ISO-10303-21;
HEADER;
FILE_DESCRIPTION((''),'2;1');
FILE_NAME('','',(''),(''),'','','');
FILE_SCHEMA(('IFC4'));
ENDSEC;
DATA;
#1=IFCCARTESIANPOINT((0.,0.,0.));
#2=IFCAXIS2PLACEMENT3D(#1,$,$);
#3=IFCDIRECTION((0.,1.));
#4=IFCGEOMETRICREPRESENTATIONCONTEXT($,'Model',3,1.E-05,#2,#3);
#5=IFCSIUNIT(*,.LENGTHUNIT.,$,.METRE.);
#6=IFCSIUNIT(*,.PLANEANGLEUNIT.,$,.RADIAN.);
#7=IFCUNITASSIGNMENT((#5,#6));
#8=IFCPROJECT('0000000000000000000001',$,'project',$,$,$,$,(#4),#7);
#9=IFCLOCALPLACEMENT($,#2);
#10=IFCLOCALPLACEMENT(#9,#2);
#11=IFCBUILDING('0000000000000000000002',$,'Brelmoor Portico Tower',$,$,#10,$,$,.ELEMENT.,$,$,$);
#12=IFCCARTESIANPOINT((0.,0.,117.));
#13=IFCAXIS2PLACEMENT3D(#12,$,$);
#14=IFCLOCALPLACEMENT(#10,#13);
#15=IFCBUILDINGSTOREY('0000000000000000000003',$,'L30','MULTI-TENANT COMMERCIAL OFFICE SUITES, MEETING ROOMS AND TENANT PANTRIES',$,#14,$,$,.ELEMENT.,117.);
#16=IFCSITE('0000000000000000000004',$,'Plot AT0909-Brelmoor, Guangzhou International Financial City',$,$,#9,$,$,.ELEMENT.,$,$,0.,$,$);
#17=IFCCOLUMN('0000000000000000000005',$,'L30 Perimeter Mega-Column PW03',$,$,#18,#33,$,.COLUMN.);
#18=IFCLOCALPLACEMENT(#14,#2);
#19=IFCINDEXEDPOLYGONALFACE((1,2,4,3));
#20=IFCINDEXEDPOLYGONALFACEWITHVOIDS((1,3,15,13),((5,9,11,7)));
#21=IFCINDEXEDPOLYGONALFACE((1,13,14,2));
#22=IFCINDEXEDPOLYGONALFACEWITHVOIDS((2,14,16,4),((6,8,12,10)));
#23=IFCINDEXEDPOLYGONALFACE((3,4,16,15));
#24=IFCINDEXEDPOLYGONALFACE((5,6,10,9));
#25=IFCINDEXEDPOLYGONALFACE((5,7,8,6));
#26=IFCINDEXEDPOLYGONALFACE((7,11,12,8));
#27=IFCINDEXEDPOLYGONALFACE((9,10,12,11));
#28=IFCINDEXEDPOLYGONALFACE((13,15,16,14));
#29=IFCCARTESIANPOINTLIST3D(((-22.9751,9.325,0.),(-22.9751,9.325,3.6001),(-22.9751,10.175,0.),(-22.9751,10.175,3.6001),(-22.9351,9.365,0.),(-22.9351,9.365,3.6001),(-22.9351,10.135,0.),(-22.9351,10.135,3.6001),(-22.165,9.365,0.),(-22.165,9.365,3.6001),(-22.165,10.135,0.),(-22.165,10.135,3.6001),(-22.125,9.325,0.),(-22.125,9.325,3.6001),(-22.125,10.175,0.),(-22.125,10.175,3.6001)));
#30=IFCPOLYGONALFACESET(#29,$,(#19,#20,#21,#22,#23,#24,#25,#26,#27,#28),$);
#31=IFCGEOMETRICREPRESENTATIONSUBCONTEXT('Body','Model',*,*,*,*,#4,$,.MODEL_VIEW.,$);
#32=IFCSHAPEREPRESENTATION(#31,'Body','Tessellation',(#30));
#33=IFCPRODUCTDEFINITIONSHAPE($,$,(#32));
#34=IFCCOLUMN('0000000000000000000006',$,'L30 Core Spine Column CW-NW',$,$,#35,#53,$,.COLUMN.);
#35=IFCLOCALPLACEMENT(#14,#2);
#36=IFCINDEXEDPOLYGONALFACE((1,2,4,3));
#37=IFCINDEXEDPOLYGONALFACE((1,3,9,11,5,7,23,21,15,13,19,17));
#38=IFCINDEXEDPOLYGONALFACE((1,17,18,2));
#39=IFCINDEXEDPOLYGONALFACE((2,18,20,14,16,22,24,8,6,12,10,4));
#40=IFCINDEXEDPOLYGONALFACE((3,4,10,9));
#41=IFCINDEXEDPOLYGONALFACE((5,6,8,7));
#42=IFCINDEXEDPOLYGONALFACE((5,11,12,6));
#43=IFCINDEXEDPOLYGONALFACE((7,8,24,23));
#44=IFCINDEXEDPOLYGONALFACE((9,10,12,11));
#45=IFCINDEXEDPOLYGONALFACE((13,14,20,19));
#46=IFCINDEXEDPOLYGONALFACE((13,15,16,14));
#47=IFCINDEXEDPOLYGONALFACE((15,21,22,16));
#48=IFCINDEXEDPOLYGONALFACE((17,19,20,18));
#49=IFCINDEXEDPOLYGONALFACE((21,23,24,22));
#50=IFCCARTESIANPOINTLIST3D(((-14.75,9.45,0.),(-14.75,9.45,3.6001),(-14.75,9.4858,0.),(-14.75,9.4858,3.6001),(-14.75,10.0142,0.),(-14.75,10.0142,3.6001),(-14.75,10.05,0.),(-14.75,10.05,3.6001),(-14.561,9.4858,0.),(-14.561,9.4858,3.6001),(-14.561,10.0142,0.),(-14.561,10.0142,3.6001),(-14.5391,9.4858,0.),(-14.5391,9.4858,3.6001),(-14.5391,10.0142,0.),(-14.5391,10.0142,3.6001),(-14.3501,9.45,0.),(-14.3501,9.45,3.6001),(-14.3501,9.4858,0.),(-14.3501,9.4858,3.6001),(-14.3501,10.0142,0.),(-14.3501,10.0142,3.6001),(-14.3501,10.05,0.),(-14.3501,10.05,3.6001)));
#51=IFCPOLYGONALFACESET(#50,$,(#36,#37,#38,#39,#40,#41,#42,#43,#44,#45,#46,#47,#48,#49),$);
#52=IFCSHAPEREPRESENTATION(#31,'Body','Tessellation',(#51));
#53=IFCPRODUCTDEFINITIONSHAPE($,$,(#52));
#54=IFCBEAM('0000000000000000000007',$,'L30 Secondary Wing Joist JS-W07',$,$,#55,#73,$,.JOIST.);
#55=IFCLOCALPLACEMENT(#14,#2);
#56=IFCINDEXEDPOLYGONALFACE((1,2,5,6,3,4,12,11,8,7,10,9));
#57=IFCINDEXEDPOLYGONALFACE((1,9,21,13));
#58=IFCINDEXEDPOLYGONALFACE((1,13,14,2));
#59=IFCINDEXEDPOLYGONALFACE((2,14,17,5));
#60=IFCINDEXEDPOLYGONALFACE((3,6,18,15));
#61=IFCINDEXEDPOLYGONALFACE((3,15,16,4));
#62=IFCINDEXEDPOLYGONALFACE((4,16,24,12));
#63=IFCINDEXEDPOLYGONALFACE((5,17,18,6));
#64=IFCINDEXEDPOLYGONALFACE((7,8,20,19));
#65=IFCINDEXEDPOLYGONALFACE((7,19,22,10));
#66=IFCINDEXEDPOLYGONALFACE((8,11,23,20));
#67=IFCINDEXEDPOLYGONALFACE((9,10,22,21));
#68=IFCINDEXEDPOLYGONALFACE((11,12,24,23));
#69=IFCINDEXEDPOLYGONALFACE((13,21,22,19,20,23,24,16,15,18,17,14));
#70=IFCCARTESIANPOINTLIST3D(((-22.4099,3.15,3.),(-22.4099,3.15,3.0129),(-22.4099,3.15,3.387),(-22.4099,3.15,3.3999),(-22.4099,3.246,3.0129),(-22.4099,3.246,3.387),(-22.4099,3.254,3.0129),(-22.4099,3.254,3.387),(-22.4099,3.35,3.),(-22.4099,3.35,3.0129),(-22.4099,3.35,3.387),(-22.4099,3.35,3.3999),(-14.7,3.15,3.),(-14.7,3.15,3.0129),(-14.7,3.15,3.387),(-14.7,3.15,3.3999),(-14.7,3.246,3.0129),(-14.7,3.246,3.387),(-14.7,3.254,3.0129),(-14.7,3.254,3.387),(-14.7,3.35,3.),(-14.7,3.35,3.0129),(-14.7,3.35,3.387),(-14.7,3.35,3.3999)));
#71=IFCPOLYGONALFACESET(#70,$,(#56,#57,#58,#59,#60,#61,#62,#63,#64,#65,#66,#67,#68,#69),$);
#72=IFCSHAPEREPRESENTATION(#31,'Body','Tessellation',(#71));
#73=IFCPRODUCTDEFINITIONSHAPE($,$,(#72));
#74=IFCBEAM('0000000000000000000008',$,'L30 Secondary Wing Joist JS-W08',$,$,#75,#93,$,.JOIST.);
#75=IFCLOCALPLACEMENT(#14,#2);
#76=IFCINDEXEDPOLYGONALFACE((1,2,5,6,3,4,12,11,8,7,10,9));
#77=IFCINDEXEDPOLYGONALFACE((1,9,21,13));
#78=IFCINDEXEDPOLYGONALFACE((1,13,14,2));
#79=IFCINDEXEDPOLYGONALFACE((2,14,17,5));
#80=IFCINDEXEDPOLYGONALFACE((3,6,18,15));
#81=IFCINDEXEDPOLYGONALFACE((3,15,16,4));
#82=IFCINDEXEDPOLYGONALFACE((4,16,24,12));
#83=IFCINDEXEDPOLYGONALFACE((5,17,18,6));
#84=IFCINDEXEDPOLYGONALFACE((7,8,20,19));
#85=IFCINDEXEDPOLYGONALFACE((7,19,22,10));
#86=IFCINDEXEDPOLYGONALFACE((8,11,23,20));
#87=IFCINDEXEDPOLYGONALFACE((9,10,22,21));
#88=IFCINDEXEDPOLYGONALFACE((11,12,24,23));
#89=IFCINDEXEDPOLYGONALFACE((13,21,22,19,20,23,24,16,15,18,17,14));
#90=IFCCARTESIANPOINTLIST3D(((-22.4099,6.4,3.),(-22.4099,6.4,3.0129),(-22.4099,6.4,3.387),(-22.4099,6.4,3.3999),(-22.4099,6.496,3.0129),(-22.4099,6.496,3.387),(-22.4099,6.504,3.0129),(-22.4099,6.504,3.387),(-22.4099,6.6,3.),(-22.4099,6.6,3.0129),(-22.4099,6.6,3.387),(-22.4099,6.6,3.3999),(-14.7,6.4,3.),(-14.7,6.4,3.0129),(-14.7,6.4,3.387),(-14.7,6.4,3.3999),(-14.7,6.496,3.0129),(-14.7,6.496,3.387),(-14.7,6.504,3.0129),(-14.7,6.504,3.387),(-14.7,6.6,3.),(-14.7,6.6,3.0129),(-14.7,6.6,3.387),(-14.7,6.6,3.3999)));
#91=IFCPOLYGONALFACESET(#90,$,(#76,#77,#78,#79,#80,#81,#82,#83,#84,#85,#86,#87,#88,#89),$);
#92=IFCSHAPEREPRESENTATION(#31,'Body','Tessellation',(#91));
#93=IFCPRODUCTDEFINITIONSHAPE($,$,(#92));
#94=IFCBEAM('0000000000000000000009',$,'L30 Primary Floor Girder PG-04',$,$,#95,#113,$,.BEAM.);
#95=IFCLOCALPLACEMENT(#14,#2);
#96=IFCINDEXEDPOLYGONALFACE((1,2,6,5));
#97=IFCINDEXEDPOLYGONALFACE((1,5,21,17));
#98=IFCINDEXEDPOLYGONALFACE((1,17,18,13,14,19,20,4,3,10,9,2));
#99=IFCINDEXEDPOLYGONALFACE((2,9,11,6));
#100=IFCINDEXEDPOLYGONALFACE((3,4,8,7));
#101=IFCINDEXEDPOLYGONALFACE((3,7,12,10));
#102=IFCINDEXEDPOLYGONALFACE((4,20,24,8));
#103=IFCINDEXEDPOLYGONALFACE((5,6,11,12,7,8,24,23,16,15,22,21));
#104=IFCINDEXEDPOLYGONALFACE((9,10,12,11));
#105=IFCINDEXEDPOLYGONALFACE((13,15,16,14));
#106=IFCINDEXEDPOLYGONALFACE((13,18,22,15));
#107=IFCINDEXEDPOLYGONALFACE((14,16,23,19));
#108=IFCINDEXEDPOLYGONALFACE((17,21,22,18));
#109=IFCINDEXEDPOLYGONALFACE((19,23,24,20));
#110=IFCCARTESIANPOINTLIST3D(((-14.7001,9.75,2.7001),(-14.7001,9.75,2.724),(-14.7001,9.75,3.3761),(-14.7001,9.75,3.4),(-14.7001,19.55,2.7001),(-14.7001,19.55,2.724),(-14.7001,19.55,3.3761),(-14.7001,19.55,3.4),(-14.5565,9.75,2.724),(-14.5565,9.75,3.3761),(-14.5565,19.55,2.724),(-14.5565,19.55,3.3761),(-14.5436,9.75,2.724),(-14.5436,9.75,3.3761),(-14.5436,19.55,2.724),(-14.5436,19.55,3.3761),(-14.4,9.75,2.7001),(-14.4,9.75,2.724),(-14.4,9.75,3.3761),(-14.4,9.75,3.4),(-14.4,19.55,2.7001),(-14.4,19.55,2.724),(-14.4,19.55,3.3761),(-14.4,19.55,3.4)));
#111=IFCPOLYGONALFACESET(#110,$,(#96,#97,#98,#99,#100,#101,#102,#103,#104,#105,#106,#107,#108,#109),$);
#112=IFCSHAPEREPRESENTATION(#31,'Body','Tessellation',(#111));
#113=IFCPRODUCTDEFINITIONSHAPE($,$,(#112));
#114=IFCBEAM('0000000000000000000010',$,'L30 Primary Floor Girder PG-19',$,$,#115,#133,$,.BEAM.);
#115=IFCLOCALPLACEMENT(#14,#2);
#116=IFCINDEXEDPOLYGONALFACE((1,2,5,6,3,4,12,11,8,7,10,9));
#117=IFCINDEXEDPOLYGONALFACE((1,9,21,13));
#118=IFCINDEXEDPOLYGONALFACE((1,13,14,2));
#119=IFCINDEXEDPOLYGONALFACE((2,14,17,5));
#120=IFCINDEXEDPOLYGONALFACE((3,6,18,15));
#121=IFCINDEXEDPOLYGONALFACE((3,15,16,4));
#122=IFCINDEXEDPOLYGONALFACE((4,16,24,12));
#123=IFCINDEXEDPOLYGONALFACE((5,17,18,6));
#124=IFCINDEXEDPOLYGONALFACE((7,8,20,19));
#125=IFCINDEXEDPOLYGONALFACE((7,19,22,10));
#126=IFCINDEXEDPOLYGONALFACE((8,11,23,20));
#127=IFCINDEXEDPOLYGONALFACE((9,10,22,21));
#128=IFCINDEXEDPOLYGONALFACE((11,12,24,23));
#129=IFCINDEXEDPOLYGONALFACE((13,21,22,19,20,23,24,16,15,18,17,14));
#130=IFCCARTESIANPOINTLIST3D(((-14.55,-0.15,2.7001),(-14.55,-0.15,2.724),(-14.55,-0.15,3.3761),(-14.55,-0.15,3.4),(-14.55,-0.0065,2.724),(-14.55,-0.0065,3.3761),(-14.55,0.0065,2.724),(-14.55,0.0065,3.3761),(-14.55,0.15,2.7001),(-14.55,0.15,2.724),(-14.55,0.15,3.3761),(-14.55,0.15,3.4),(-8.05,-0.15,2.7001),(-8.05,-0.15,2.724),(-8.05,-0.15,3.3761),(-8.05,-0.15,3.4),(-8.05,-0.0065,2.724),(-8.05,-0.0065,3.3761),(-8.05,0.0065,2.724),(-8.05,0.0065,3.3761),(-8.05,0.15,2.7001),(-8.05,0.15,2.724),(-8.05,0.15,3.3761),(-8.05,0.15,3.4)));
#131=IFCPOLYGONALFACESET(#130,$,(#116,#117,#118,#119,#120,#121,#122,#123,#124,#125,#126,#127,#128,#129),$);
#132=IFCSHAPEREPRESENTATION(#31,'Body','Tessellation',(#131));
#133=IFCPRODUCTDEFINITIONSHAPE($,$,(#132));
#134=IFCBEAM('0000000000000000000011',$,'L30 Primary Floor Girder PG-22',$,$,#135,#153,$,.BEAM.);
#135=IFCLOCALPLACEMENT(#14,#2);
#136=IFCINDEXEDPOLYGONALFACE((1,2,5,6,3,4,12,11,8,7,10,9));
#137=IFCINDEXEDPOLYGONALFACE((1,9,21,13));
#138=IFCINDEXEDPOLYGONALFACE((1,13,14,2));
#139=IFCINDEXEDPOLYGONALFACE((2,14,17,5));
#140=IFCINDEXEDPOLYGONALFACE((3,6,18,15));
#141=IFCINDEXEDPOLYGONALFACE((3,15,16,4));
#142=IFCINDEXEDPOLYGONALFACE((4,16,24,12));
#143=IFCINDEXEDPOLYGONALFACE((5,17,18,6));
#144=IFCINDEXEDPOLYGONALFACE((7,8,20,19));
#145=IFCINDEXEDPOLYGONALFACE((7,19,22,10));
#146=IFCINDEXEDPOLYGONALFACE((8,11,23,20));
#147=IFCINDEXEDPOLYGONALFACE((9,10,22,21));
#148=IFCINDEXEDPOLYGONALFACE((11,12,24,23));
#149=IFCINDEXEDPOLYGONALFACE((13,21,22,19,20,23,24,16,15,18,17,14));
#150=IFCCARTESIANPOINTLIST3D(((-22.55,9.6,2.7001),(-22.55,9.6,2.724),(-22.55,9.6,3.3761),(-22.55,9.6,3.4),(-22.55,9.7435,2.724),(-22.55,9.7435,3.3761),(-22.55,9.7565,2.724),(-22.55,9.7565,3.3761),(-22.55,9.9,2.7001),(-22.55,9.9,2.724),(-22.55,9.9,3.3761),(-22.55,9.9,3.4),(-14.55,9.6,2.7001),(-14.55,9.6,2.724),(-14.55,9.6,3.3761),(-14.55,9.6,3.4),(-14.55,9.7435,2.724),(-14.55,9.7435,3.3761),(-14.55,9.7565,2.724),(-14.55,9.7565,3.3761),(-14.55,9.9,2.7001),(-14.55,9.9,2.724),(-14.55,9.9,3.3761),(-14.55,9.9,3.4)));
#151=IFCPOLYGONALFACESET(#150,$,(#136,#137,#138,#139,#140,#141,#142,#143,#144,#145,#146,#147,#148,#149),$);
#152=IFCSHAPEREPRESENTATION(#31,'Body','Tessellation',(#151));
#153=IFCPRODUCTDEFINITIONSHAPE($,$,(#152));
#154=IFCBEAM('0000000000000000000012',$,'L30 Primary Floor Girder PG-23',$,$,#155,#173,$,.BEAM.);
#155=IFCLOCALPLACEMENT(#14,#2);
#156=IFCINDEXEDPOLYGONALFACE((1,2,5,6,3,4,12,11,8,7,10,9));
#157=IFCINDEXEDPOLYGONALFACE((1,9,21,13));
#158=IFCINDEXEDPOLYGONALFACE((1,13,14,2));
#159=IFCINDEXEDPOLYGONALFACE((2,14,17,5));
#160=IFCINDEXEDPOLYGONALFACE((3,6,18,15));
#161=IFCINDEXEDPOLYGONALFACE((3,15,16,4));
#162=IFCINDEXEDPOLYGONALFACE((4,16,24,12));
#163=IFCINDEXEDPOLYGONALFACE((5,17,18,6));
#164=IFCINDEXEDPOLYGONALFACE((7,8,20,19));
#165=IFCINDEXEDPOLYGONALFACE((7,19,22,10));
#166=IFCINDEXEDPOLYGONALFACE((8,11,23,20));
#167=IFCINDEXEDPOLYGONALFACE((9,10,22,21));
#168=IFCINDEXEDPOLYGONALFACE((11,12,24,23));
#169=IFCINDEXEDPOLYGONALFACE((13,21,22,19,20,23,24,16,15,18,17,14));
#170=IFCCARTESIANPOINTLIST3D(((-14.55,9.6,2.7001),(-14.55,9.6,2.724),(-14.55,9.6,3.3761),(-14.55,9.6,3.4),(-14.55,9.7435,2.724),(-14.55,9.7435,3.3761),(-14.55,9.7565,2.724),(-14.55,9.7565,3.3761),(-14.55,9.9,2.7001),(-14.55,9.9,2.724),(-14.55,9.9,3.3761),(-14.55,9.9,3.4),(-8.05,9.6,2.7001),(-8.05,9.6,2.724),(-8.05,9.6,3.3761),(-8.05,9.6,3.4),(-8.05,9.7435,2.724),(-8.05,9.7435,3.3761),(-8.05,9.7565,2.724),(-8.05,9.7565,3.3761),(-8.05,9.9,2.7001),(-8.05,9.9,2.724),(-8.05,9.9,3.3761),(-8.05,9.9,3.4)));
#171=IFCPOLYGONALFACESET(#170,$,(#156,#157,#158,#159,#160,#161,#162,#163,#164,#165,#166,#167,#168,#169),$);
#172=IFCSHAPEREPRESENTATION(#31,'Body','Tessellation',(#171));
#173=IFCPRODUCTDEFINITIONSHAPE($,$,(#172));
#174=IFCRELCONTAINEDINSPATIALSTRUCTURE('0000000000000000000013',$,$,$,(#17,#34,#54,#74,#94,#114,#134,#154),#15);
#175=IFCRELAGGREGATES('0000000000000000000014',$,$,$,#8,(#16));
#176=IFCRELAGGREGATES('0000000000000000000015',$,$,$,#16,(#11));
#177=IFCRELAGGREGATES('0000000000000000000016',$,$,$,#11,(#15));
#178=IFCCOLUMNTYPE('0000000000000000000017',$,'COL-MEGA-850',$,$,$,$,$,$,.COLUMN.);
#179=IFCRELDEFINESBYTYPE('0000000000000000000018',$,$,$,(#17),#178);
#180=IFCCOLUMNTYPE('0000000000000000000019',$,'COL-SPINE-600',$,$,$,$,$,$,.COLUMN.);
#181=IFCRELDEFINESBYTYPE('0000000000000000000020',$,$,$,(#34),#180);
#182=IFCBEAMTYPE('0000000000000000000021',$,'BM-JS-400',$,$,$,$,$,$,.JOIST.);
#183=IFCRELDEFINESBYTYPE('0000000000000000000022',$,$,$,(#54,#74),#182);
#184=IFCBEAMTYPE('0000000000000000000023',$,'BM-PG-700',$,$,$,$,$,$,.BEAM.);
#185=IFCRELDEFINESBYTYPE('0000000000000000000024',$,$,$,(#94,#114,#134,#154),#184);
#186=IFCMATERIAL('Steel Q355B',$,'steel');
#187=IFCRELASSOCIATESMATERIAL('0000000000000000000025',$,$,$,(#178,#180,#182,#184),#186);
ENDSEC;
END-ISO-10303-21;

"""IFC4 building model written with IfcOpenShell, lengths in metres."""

from ifc_helpers import new_model, si_unit, direction, frame, origin, origin_2d, place, context, subcontext, project, spatial, hollow_rectangle, i_section, extrude, material, material_profile, profile_set, type_object, element, save


model = new_model("IFC4")

# Units and contexts
model_context = context("Model", 3, precision=1e-05, world=origin(), true_north=direction((0.0, 1.0)))
body_context = subcontext(model_context, "Body", "Model", "MODEL_VIEW")
ifc_project = project(units=[si_unit("LENGTHUNIT", "METRE"), si_unit("PLANEANGLEUNIT", "RADIAN")], contexts=[model_context])

# Site, building, storey
site_placement = place(None, origin())
site = spatial("IfcSite", under=ifc_project, at=site_placement, Name="Plot AT0909-Brelmoor, Guangzhou International Financial City", CompositionType="ELEMENT", RefElevation=0.0)
building_placement = place(site_placement, origin())
building = spatial("IfcBuilding", under=site, at=building_placement, Name="Brelmoor Portico Tower", CompositionType="ELEMENT")
storey_placement = place(building_placement, frame((0.0, 0.0, 117.0)))
storey = spatial("IfcBuildingStorey", under=building, at=storey_placement, Name="L30", Description="MULTI-TENANT COMMERCIAL OFFICE SUITES, MEETING ROOMS AND TENANT PANTRIES", CompositionType="ELEMENT", Elevation=117.0)

# Columns
ifc_material_1 = material(Name="Steel Q355B", Category="steel")
ifc_material_profile_1 = material_profile(ifc_material_1, hollow_rectangle(XDim=0.8501, YDim=0.8501, WallThickness=0.04, at=origin_2d()), Name="BOX 850x850x40")
ifc_profile_set_1 = profile_set([ifc_material_profile_1], Name="Steel Q355B")
column_type_1 = type_object("IfcColumnType", Name="COL-MEGA-850", PredefinedType="COLUMN", material=ifc_profile_set_1)
column_1_placement = place(storey_placement, frame((-22.55, 9.75, 0.0), z_axis=(0.0, 0.0, 1.0), x_axis=(0.0, 1.0, 0.0)))
element("IfcColumn", 1, at=column_1_placement, inside=storey, type_object=column_type_1, Name="L30 Perimeter Mega-Column PW03", PredefinedType="COLUMN", context=body_context, shape_type="SweptSolid", body=[
    extrude(hollow_rectangle(XDim=0.8501, YDim=0.8501, WallThickness=0.04, at=origin_2d()), origin(), (0.0, 0.0, 1.0), 3.6001),
])
ifc_material_profile_2 = material_profile(ifc_material_1, i_section(OverallWidth=0.3999, OverallDepth=0.6001, WebThickness=0.022, FlangeThickness=0.0359, at=origin_2d()), Name="HW 600x400x22x36")
ifc_profile_set_2 = profile_set([ifc_material_profile_2], Name="Steel Q355B")
column_type_2 = type_object("IfcColumnType", Name="COL-SPINE-600", PredefinedType="COLUMN", material=ifc_profile_set_2)
column_2_placement = place(storey_placement, frame((-14.55, 9.75, 0.0), z_axis=(0.0, 0.0, 1.0), x_axis=(1.0, 0.0, 0.0)))
element("IfcColumn", 2, at=column_2_placement, inside=storey, type_object=column_type_2, Name="L30 Core Spine Column CW-NW", PredefinedType="COLUMN", context=body_context, shape_type="SweptSolid", body=[
    extrude(i_section(OverallWidth=0.3999, OverallDepth=0.6001, WebThickness=0.022, FlangeThickness=0.0359, at=origin_2d()), origin(), (0.0, 0.0, 1.0), 3.6001),
])

# Beams
ifc_material_profile_3 = material_profile(ifc_material_1, i_section(OverallWidth=0.2, OverallDepth=0.3999, WebThickness=0.0081, FlangeThickness=0.0129, at=origin_2d()), Name="HN 400x200x8x13")
ifc_profile_set_3 = profile_set([ifc_material_profile_3], Name="Steel Q355B")
beam_type_1 = type_object("IfcBeamType", Name="BM-JS-400", PredefinedType="JOIST", material=ifc_profile_set_3)
for number, where, z_axis, x_axis, name in (
    (3, (-22.4099, 3.25, 3.2), (1.0, 0.0, 0.0), (0.0, 1.0, 0.0), "L30 Secondary Wing Joist JS-W07"),
    (4, (-22.4099, 6.5, 3.2), (1.0, 0.0, 0.0), (0.0, 1.0, 0.0), "L30 Secondary Wing Joist JS-W08"),
):
    element("IfcBeam", number, at=place(storey_placement, frame(where, z_axis=z_axis, x_axis=x_axis)), inside=storey, type_object=beam_type_1, Name=name, PredefinedType="JOIST", context=body_context, shape_type="SweptSolid", body=[
        extrude(i_section(OverallWidth=0.2, OverallDepth=0.3999, WebThickness=0.0081, FlangeThickness=0.0129, at=origin_2d()), origin(), (0.0, 0.0, 1.0), 7.71),
    ])
ifc_material_profile_4 = material_profile(ifc_material_1, i_section(OverallWidth=0.3, OverallDepth=0.7, WebThickness=0.0129, FlangeThickness=0.0239, at=origin_2d()), Name="HN 700x300x13x24")
ifc_profile_set_4 = profile_set([ifc_material_profile_4], Name="Steel Q355B")
beam_type_2 = type_object("IfcBeamType", Name="BM-PG-700", PredefinedType="BEAM", material=ifc_profile_set_4)
beam_1_placement = place(storey_placement, frame((-14.55, 9.75, 3.05), z_axis=(0.0, 1.0, 0.0), x_axis=(-1.0, 0.0, 0.0)))
element("IfcBeam", 5, at=beam_1_placement, inside=storey, type_object=beam_type_2, Name="L30 Primary Floor Girder PG-04", PredefinedType="BEAM", context=body_context, shape_type="SweptSolid", body=[
    extrude(i_section(OverallWidth=0.3, OverallDepth=0.7, WebThickness=0.0129, FlangeThickness=0.0239, at=origin_2d()), origin(), (0.0, 0.0, 1.0), 9.8),
])
beam_2_placement = place(storey_placement, frame((-14.55, 0.0, 3.05), z_axis=(1.0, 0.0, 0.0), x_axis=(0.0, 1.0, 0.0)))
element("IfcBeam", 6, at=beam_2_placement, inside=storey, type_object=beam_type_2, Name="L30 Primary Floor Girder PG-19", PredefinedType="BEAM", context=body_context, shape_type="SweptSolid", body=[
    extrude(i_section(OverallWidth=0.3, OverallDepth=0.7, WebThickness=0.0129, FlangeThickness=0.0239, at=origin_2d()), origin(), (0.0, 0.0, 1.0), 6.5),
])
beam_3_placement = place(storey_placement, frame((-22.55, 9.75, 3.05), z_axis=(1.0, 0.0, 0.0), x_axis=(0.0, 1.0, 0.0)))
element("IfcBeam", 7, at=beam_3_placement, inside=storey, type_object=beam_type_2, Name="L30 Primary Floor Girder PG-22", PredefinedType="BEAM", context=body_context, shape_type="SweptSolid", body=[
    extrude(i_section(OverallWidth=0.3, OverallDepth=0.7, WebThickness=0.0129, FlangeThickness=0.0239, at=origin_2d()), origin(), (0.0, 0.0, 1.0), 8.0),
])
beam_4_placement = place(storey_placement, frame((-14.55, 9.75, 3.05), z_axis=(1.0, 0.0, 0.0), x_axis=(0.0, 1.0, 0.0)))
element("IfcBeam", 8, at=beam_4_placement, inside=storey, type_object=beam_type_2, Name="L30 Primary Floor Girder PG-23", PredefinedType="BEAM", context=body_context, shape_type="SweptSolid", body=[
    extrude(i_section(OverallWidth=0.3, OverallDepth=0.7, WebThickness=0.0129, FlangeThickness=0.0239, at=origin_2d()), origin(), (0.0, 0.0, 1.0), 6.5),
])

save(model, "model.ifc")
